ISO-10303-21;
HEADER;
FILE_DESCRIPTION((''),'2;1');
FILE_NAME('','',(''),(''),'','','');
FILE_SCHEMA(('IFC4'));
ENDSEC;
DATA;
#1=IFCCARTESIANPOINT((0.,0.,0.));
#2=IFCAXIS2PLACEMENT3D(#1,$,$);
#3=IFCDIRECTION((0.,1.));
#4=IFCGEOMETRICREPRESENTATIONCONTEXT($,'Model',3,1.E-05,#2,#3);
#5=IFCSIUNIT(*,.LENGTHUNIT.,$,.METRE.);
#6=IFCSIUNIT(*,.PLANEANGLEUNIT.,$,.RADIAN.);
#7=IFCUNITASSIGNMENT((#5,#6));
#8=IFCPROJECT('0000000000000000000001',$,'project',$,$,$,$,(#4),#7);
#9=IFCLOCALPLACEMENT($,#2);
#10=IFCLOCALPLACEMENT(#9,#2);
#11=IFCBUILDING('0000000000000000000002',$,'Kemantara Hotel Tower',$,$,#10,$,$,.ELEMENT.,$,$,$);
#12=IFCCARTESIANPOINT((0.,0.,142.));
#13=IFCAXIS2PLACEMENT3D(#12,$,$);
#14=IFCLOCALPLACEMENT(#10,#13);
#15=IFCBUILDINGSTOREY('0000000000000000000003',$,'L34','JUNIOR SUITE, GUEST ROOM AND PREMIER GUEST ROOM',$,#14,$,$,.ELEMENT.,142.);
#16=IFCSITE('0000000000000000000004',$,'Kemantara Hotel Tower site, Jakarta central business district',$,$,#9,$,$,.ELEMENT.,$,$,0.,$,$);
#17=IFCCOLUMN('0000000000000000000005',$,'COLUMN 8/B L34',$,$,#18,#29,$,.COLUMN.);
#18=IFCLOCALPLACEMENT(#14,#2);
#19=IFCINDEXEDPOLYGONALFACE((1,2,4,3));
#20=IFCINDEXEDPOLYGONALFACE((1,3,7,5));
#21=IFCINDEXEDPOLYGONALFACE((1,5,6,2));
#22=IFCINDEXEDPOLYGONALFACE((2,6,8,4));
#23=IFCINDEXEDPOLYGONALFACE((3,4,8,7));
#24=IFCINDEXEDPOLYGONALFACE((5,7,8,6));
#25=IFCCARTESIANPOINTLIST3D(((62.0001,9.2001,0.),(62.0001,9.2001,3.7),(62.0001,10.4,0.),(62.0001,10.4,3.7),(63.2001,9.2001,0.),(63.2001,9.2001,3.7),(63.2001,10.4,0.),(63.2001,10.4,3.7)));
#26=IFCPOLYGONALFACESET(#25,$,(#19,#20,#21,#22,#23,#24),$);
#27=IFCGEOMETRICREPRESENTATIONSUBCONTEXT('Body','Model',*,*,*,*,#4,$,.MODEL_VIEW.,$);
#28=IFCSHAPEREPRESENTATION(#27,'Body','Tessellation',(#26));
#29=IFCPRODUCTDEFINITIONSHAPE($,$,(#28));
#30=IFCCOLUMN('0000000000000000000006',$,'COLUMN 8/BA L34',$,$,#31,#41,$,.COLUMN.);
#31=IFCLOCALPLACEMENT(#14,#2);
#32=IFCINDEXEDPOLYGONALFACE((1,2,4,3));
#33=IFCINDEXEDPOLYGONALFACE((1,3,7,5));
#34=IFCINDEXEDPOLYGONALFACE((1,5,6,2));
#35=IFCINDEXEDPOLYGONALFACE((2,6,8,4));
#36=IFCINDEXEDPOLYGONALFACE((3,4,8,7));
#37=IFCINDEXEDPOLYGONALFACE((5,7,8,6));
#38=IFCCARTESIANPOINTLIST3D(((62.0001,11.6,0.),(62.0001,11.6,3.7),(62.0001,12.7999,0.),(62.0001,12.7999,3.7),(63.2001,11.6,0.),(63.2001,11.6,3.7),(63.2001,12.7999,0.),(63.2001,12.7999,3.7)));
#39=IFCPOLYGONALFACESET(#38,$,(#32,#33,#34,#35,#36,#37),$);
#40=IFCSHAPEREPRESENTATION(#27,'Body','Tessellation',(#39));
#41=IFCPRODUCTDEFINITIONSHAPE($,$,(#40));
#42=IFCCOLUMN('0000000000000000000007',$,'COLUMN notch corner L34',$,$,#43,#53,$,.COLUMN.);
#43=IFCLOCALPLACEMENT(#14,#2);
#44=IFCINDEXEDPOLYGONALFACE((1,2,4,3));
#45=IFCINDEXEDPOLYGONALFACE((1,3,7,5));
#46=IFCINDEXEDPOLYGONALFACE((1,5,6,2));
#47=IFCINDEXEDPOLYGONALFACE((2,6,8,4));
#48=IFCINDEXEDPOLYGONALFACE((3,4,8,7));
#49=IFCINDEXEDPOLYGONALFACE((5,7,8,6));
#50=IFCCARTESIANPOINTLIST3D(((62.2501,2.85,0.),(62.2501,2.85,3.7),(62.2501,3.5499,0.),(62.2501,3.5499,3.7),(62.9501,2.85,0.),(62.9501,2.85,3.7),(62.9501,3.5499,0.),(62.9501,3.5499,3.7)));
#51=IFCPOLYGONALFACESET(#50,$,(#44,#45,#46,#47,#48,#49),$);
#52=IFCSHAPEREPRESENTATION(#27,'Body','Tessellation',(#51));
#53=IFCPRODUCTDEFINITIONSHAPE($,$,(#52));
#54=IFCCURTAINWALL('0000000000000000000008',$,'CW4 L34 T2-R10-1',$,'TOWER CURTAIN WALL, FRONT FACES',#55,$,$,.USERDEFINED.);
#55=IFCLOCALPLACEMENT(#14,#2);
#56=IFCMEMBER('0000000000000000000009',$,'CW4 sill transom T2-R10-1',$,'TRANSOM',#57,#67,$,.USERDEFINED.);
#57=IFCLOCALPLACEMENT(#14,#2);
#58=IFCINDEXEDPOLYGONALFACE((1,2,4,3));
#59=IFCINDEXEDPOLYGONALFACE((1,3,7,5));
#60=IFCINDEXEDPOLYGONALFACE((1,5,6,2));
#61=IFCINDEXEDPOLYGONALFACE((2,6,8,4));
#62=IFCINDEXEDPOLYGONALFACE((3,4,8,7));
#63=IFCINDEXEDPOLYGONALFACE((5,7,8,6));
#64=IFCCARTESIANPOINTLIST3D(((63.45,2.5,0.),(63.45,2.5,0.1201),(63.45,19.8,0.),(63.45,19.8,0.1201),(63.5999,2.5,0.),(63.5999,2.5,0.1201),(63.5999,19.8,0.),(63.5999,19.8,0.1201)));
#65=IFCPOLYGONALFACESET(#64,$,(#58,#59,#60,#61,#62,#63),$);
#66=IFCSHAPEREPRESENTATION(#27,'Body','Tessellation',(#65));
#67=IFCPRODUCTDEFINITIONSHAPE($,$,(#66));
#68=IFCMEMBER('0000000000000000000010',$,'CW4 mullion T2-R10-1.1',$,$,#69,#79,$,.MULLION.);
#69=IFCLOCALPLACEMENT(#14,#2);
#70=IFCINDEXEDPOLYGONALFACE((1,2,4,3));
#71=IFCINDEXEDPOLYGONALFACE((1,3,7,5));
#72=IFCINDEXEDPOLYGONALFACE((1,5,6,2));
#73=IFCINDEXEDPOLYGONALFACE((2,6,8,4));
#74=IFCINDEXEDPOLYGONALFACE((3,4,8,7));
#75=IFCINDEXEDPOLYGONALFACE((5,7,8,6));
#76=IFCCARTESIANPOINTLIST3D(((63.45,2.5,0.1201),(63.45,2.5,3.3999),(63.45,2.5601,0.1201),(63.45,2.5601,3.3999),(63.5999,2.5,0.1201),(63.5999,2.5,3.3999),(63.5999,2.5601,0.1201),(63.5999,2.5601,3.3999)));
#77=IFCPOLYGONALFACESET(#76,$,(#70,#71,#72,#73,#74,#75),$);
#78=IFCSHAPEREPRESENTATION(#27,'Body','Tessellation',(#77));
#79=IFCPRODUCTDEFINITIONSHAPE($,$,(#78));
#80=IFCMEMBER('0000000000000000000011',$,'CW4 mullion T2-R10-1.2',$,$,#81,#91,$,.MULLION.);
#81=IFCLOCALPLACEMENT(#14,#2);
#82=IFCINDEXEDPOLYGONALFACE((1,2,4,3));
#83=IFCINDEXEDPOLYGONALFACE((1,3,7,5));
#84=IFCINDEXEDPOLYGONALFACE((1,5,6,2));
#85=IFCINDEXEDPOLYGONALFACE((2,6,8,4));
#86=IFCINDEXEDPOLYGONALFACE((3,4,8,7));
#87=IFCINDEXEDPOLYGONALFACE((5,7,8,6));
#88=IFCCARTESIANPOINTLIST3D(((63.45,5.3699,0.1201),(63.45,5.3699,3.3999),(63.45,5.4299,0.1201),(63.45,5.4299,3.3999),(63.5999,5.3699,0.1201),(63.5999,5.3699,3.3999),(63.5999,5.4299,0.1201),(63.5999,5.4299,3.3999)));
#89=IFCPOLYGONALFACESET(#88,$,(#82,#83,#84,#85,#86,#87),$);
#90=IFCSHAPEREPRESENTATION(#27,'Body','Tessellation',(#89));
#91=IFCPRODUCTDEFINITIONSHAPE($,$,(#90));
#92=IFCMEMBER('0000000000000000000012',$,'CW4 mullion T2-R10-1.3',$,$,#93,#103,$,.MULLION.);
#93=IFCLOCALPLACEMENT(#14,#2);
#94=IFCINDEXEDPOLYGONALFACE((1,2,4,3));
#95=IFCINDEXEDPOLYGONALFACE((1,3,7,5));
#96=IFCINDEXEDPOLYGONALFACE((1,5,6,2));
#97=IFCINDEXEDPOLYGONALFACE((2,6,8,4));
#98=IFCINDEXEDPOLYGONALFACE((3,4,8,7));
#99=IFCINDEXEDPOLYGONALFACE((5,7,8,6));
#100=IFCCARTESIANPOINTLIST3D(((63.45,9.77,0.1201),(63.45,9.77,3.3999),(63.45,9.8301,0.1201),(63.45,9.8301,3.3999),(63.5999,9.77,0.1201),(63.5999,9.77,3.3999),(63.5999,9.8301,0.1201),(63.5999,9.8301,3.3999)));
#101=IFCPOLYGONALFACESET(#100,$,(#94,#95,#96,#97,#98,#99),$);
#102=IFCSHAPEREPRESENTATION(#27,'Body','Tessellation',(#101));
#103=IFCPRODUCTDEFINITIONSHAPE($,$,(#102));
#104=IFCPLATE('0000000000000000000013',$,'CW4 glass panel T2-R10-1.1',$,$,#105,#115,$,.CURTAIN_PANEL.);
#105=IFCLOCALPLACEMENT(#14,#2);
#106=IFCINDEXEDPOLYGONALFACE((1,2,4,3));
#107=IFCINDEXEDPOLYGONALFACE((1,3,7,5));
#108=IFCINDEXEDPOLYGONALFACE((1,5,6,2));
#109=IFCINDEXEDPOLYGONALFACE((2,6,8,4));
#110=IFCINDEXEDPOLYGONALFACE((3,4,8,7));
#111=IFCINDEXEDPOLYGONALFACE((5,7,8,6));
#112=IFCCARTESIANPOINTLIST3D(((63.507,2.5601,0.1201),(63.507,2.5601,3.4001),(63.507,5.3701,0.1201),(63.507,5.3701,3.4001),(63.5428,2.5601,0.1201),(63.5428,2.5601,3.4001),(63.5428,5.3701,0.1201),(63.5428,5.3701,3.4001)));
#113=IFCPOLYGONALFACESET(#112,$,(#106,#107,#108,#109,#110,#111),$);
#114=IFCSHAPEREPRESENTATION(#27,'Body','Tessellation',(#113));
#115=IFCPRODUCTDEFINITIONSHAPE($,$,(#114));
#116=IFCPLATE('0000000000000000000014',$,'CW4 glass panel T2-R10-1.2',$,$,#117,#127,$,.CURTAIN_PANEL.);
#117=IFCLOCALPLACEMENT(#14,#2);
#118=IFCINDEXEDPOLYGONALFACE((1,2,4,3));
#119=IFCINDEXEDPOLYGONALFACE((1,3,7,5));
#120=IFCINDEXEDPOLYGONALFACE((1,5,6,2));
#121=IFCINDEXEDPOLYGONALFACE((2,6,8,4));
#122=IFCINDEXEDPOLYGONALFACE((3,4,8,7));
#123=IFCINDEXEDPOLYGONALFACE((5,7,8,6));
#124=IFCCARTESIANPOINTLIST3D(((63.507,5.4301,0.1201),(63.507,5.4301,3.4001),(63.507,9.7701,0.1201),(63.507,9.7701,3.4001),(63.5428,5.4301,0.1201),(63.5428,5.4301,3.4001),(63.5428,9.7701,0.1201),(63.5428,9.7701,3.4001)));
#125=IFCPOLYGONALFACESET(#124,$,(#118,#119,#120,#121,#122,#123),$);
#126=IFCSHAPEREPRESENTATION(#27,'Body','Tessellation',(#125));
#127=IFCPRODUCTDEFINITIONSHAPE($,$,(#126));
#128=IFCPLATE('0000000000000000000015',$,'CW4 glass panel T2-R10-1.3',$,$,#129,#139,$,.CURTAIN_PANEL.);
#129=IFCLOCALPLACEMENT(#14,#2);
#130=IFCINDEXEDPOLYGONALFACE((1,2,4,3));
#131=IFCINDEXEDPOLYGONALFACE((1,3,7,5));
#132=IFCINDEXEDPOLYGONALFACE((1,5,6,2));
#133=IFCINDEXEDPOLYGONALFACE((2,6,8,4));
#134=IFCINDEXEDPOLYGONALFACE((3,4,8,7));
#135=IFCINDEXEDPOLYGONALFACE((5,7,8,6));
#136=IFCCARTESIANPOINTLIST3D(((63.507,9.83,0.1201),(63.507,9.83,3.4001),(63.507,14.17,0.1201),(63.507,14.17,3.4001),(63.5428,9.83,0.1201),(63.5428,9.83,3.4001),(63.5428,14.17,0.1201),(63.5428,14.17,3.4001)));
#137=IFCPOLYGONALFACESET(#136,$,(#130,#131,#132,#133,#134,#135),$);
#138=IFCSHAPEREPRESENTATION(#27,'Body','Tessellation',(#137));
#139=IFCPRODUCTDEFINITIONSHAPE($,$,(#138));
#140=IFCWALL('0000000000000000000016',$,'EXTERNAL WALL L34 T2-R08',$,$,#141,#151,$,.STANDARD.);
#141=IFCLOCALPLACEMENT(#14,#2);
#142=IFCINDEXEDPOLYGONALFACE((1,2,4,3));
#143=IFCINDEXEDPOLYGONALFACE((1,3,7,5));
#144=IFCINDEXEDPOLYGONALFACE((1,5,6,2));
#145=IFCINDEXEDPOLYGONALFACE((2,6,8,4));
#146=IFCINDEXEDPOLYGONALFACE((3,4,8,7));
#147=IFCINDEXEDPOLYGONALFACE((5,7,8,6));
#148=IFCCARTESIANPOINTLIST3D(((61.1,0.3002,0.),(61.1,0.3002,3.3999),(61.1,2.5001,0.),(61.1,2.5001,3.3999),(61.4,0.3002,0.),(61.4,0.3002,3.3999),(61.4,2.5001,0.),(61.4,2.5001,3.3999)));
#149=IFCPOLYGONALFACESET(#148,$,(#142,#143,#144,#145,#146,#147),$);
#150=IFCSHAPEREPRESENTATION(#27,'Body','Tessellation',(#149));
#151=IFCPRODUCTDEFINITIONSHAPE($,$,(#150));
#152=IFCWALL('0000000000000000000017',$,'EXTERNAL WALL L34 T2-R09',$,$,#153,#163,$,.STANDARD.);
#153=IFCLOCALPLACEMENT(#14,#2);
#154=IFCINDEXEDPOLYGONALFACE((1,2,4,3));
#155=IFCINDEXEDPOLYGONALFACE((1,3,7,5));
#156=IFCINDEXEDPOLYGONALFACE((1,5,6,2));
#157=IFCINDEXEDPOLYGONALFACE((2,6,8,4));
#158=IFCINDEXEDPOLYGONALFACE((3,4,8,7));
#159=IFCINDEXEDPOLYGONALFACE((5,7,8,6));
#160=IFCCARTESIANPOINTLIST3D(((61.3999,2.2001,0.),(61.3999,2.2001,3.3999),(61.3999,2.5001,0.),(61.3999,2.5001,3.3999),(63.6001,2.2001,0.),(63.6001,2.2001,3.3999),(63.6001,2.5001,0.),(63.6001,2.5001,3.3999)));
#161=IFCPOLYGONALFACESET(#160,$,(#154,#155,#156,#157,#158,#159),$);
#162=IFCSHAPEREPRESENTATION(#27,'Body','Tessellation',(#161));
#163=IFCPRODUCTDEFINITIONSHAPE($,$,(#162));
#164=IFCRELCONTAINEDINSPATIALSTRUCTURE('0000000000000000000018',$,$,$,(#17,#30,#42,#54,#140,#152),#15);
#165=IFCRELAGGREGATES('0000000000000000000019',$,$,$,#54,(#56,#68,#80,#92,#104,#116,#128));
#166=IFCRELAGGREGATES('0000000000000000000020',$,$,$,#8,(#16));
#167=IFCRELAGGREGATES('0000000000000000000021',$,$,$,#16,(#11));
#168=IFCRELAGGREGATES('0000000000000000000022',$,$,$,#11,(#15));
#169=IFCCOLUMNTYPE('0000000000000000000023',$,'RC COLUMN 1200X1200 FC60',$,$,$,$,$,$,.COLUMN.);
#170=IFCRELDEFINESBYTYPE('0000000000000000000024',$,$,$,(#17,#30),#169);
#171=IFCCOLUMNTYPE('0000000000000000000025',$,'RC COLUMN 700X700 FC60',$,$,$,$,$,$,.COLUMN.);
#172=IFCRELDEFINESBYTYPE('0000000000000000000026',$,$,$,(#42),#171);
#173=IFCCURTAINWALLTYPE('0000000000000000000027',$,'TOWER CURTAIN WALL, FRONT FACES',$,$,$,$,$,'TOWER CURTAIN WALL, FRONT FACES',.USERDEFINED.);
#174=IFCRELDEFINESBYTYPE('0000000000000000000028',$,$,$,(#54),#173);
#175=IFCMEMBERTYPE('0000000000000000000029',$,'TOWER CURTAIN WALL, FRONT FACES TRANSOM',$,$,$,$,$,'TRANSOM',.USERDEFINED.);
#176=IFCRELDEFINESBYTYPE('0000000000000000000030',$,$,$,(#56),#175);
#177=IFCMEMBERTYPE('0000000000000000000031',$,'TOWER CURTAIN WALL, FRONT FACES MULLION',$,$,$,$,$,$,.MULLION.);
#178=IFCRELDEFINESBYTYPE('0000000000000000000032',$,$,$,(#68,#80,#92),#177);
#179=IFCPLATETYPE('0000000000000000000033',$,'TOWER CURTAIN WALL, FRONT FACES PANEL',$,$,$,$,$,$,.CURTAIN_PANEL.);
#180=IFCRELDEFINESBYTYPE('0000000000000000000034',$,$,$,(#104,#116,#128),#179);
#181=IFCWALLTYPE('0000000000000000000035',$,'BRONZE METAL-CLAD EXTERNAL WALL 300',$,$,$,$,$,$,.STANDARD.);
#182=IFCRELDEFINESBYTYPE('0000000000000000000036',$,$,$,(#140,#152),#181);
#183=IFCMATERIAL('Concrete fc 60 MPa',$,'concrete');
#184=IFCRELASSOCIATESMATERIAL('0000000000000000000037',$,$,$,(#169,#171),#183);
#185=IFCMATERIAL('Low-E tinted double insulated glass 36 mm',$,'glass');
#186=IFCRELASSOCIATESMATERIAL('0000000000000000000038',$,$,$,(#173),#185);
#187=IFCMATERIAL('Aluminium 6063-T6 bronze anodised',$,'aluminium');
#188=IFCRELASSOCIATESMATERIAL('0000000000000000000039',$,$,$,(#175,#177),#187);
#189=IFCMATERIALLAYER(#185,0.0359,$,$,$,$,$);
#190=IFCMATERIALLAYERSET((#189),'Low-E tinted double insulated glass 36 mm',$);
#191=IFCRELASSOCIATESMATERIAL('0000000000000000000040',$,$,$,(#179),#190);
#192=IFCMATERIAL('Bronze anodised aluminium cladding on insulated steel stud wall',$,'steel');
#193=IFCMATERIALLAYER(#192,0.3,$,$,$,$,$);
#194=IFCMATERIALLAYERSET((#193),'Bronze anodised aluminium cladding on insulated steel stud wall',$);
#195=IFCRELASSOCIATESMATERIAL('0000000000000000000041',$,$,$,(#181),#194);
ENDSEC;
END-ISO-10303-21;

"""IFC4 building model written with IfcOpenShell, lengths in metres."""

from ifc_helpers import new_model, si_unit, direction, frame, frame_2d, origin, origin_2d, place, context, subcontext, project, spatial, rectangle, extrude, source, transform, mapped, material, layer, layer_set, material_profile, profile_set, type_object, element, aggregate, save


model = new_model("IFC4")

# Units and contexts
model_context = context("Model", 3, precision=1e-05, world=origin(), true_north=direction((0.0, 1.0)))
body_context = subcontext(model_context, "Body", "Model", "MODEL_VIEW")
ifc_project = project(units=[si_unit("LENGTHUNIT", "METRE"), si_unit("PLANEANGLEUNIT", "RADIAN")], contexts=[model_context])

# Site, building, storey
site_placement = place(None, origin())
site = spatial("IfcSite", under=ifc_project, at=site_placement, Name="Kemantara Hotel Tower site, Jakarta central business district", CompositionType="ELEMENT", RefElevation=0.0)
building_placement = place(site_placement, origin())
building = spatial("IfcBuilding", under=site, at=building_placement, Name="Kemantara Hotel Tower", CompositionType="ELEMENT")
storey_placement = place(building_placement, frame((0.0, 0.0, 142.0)))
storey = spatial("IfcBuildingStorey", under=building, at=storey_placement, Name="L34", Description="JUNIOR SUITE, GUEST ROOM AND PREMIER GUEST ROOM", CompositionType="ELEMENT", Elevation=142.0)

# Columns
ifc_material_1 = material(Name="Concrete fc 60 MPa", Category="concrete")
ifc_material_profile_1 = material_profile(ifc_material_1, rectangle(XDim=1.2, YDim=1.2, at=origin_2d()), Name="RC 1200X1200")
ifc_profile_set_1 = profile_set([ifc_material_profile_1], Name="Concrete fc 60 MPa")
column_type_1 = type_object("IfcColumnType", Name="RC COLUMN 1200X1200 FC60", PredefinedType="COLUMN", material=ifc_profile_set_1)
for number, where, z_axis, x_axis, name in (
    (1, (62.6001, 9.8, 0.0), (0.0, 0.0, 1.0), (1.0, 0.0, 0.0), "COLUMN 8/B L34"),
    (2, (62.6001, 12.2, 0.0), (0.0, 0.0, 1.0), (1.0, 0.0, 0.0), "COLUMN 8/BA L34"),
):
    element("IfcColumn", number, at=place(storey_placement, frame(where, z_axis=z_axis, x_axis=x_axis)), inside=storey, type_object=column_type_1, Name=name, PredefinedType="COLUMN", context=body_context, shape_type="SweptSolid", body=[
        extrude(rectangle(XDim=1.2, YDim=1.2, at=origin_2d()), origin(), (0.0, 0.0, 1.0), 3.7),
    ])
ifc_material_profile_2 = material_profile(ifc_material_1, rectangle(XDim=0.7, YDim=0.7, at=origin_2d()), Name="RC 700X700")
ifc_profile_set_2 = profile_set([ifc_material_profile_2], Name="Concrete fc 60 MPa")
column_type_2 = type_object("IfcColumnType", Name="RC COLUMN 700X700 FC60", PredefinedType="COLUMN", material=ifc_profile_set_2)
column_placement = place(storey_placement, frame((62.6001, 3.2, 0.0), z_axis=(0.0, 0.0, 1.0), x_axis=(1.0, 0.0, 0.0)))
element("IfcColumn", 3, at=column_placement, inside=storey, type_object=column_type_2, Name="COLUMN notch corner L34", PredefinedType="COLUMN", context=body_context, shape_type="SweptSolid", body=[
    extrude(rectangle(XDim=0.7, YDim=0.7, at=origin_2d()), origin(), (0.0, 0.0, 1.0), 3.7),
])

# Curtain wall, members, plates
ifc_material_2 = material(Name="Low-E tinted double insulated glass 36 mm", Category="glass")
curtain_wall_type = type_object("IfcCurtainWallType", Name="TOWER CURTAIN WALL, FRONT FACES", ElementType="TOWER CURTAIN WALL, FRONT FACES", PredefinedType="USERDEFINED", material=ifc_material_2)
curtain_wall_placement = place(storey_placement, origin())
curtain_wall = element("IfcCurtainWall", 4, at=curtain_wall_placement, inside=storey, type_object=curtain_wall_type, Name="CW4 L34 T2-R10-1", ObjectType="TOWER CURTAIN WALL, FRONT FACES", PredefinedType="USERDEFINED")
ifc_material_3 = material(Name="Aluminium 6063-T6 bronze anodised", Category="aluminium")
ifc_material_profile_3 = material_profile(ifc_material_3, rectangle(XDim=0.1499, YDim=0.1201, at=origin_2d()), Name="TOWER CURTAIN WALL, FRONT FACES TRANSOM")
ifc_profile_set_3 = profile_set([ifc_material_profile_3], Name="Aluminium 6063-T6 bronze anodised")
member_type_1 = type_object("IfcMemberType", Name="TOWER CURTAIN WALL, FRONT FACES TRANSOM", ElementType="TRANSOM", PredefinedType="USERDEFINED", material=ifc_profile_set_3)
member_1_placement = place(storey_placement, frame((63.5249, 2.5, 0.0601), z_axis=(0.0, 1.0, 0.0), x_axis=(-1.0, 0.0, 0.0)))
member_1 = element("IfcMember", 5, at=member_1_placement, type_object=member_type_1, Name="CW4 sill transom T2-R10-1", ObjectType="TRANSOM", PredefinedType="USERDEFINED", context=body_context, shape_type="SweptSolid", body=[
    extrude(rectangle(XDim=0.1499, YDim=0.1201, at=origin_2d()), origin(), (0.0, 0.0, 1.0), 17.3),
])
ifc_material_profile_4 = material_profile(ifc_material_3, rectangle(XDim=0.1499, YDim=0.0601, at=origin_2d()), Name="TOWER CURTAIN WALL, FRONT FACES MULLION")
ifc_profile_set_4 = profile_set([ifc_material_profile_4], Name="Aluminium 6063-T6 bronze anodised")
member_type_2 = type_object("IfcMemberType", Name="TOWER CURTAIN WALL, FRONT FACES MULLION", PredefinedType="MULLION", material=ifc_profile_set_4)
shared_shape_1 = source(origin(), body_context, "Body", "SweptSolid", [
    extrude(rectangle(XDim=0.1499, YDim=0.0601, at=origin_2d()), origin(), (0.0, 0.0, 1.0), 3.2798),
])
member_2_placement = place(storey_placement, frame((63.5249, 2.53, 0.1201), z_axis=(0.0, 0.0, 1.0), x_axis=(-1.0, 0.0, 0.0)))
member_2 = element("IfcMember", 6, at=member_2_placement, type_object=member_type_2, Name="CW4 mullion T2-R10-1.1", PredefinedType="MULLION", context=body_context, shape_type="MappedRepresentation", body=[
    mapped(shared_shape_1, transform((0.0, 0.0, 0.0))),
])
member_3_placement = place(storey_placement, frame((63.5249, 5.3999, 0.1201), z_axis=(0.0, 0.0, 1.0), x_axis=(-1.0, 0.0, 0.0)))
member_3 = element("IfcMember", 7, at=member_3_placement, type_object=member_type_2, Name="CW4 mullion T2-R10-1.2", PredefinedType="MULLION", context=body_context, shape_type="MappedRepresentation", body=[
    mapped(shared_shape_1, transform((0.0, 0.0, 0.0))),
])
member_4_placement = place(storey_placement, frame((63.5249, 9.8, 0.1201), z_axis=(0.0, 0.0, 1.0), x_axis=(-1.0, 0.0, 0.0)))
member_4 = element("IfcMember", 8, at=member_4_placement, type_object=member_type_2, Name="CW4 mullion T2-R10-1.3", PredefinedType="MULLION", context=body_context, shape_type="MappedRepresentation", body=[
    mapped(shared_shape_1, transform((0.0, 0.0, 0.0))),
])
ifc_layer_1 = layer(ifc_material_2, 0.0359)
ifc_layer_set_1 = layer_set([ifc_layer_1], Name="Low-E tinted double insulated glass 36 mm")
plate_type = type_object("IfcPlateType", Name="TOWER CURTAIN WALL, FRONT FACES PANEL", PredefinedType="CURTAIN_PANEL", material=ifc_layer_set_1)
shared_shape_2 = source(origin(), body_context, "Body", "SweptSolid", [
    extrude(rectangle(XDim=2.8101, YDim=0.0359, at=origin_2d()), origin(), (0.0, 0.0, 1.0), 3.28),
])
plate_1_placement = place(storey_placement, frame((63.5249, 3.9651, 0.1201), z_axis=(0.0, 0.0, 1.0), x_axis=(0.0, 1.0, 0.0)))
plate_1 = element("IfcPlate", 9, at=plate_1_placement, type_object=plate_type, Name="CW4 glass panel T2-R10-1.1", PredefinedType="CURTAIN_PANEL", context=body_context, shape_type="MappedRepresentation", body=[
    mapped(shared_shape_2, transform((0.0, 0.0, 0.0))),
])
shared_shape_3 = source(origin(), body_context, "Body", "SweptSolid", [
    extrude(rectangle(XDim=4.3401, YDim=0.0359, at=origin_2d()), origin(), (0.0, 0.0, 1.0), 3.28),
])
plate_2_placement = place(storey_placement, frame((63.5249, 7.6001, 0.1201), z_axis=(0.0, 0.0, 1.0), x_axis=(0.0, 1.0, 0.0)))
plate_2 = element("IfcPlate", 10, at=plate_2_placement, type_object=plate_type, Name="CW4 glass panel T2-R10-1.2", PredefinedType="CURTAIN_PANEL", context=body_context, shape_type="MappedRepresentation", body=[
    mapped(shared_shape_3, transform((0.0, 0.0, 0.0))),
])
plate_3_placement = place(storey_placement, frame((63.5249, 12.0, 0.1201), z_axis=(0.0, 0.0, 1.0), x_axis=(0.0, 1.0, 0.0)))
plate_3 = element("IfcPlate", 11, at=plate_3_placement, type_object=plate_type, Name="CW4 glass panel T2-R10-1.3", PredefinedType="CURTAIN_PANEL", context=body_context, shape_type="MappedRepresentation", body=[
    mapped(shared_shape_3, transform((0.0, 0.0, 0.0))),
])
aggregate(curtain_wall, [member_1, member_2, member_3, member_4, plate_1, plate_2, plate_3])

# Walls
ifc_material_4 = material(Name="Bronze anodised aluminium cladding on insulated steel stud wall", Category="steel")
ifc_layer_2 = layer(ifc_material_4, 0.3)
ifc_layer_set_2 = layer_set([ifc_layer_2], Name="Bronze anodised aluminium cladding on insulated steel stud wall")
wall_type_1 = type_object("IfcWallType", Name="BRONZE METAL-CLAD EXTERNAL WALL 300", PredefinedType="STANDARD", material=ifc_layer_set_2)
wall_1_placement = place(storey_placement, frame((61.25, 0.3, 0.0), z_axis=(0.0, 0.0, 1.0), x_axis=(0.0, 1.0, 0.0)))
element("IfcWall", 12, at=wall_1_placement, inside=storey, type_object=wall_type_1, Name="EXTERNAL WALL L34 T2-R08", PredefinedType="STANDARD", context=body_context, shape_type="SweptSolid", body=[
    extrude(rectangle(XDim=2.2, YDim=0.3, at=frame_2d((1.1001, 0.0))), origin(), (0.0, 0.0, 1.0), 3.3999),
])
wall_2_placement = place(storey_placement, frame((61.3999, 2.3501, 0.0), z_axis=(0.0, 0.0, 1.0), x_axis=(1.0, 0.0, 0.0)))
element("IfcWall", 13, at=wall_2_placement, inside=storey, type_object=wall_type_1, Name="EXTERNAL WALL L34 T2-R09", PredefinedType="STANDARD", context=body_context, shape_type="SweptSolid", body=[
    extrude(rectangle(XDim=2.2002, YDim=0.3, at=frame_2d((1.1001, 0.0))), origin(), (0.0, 0.0, 1.0), 3.3999),
])

save(model, "model.ifc")
